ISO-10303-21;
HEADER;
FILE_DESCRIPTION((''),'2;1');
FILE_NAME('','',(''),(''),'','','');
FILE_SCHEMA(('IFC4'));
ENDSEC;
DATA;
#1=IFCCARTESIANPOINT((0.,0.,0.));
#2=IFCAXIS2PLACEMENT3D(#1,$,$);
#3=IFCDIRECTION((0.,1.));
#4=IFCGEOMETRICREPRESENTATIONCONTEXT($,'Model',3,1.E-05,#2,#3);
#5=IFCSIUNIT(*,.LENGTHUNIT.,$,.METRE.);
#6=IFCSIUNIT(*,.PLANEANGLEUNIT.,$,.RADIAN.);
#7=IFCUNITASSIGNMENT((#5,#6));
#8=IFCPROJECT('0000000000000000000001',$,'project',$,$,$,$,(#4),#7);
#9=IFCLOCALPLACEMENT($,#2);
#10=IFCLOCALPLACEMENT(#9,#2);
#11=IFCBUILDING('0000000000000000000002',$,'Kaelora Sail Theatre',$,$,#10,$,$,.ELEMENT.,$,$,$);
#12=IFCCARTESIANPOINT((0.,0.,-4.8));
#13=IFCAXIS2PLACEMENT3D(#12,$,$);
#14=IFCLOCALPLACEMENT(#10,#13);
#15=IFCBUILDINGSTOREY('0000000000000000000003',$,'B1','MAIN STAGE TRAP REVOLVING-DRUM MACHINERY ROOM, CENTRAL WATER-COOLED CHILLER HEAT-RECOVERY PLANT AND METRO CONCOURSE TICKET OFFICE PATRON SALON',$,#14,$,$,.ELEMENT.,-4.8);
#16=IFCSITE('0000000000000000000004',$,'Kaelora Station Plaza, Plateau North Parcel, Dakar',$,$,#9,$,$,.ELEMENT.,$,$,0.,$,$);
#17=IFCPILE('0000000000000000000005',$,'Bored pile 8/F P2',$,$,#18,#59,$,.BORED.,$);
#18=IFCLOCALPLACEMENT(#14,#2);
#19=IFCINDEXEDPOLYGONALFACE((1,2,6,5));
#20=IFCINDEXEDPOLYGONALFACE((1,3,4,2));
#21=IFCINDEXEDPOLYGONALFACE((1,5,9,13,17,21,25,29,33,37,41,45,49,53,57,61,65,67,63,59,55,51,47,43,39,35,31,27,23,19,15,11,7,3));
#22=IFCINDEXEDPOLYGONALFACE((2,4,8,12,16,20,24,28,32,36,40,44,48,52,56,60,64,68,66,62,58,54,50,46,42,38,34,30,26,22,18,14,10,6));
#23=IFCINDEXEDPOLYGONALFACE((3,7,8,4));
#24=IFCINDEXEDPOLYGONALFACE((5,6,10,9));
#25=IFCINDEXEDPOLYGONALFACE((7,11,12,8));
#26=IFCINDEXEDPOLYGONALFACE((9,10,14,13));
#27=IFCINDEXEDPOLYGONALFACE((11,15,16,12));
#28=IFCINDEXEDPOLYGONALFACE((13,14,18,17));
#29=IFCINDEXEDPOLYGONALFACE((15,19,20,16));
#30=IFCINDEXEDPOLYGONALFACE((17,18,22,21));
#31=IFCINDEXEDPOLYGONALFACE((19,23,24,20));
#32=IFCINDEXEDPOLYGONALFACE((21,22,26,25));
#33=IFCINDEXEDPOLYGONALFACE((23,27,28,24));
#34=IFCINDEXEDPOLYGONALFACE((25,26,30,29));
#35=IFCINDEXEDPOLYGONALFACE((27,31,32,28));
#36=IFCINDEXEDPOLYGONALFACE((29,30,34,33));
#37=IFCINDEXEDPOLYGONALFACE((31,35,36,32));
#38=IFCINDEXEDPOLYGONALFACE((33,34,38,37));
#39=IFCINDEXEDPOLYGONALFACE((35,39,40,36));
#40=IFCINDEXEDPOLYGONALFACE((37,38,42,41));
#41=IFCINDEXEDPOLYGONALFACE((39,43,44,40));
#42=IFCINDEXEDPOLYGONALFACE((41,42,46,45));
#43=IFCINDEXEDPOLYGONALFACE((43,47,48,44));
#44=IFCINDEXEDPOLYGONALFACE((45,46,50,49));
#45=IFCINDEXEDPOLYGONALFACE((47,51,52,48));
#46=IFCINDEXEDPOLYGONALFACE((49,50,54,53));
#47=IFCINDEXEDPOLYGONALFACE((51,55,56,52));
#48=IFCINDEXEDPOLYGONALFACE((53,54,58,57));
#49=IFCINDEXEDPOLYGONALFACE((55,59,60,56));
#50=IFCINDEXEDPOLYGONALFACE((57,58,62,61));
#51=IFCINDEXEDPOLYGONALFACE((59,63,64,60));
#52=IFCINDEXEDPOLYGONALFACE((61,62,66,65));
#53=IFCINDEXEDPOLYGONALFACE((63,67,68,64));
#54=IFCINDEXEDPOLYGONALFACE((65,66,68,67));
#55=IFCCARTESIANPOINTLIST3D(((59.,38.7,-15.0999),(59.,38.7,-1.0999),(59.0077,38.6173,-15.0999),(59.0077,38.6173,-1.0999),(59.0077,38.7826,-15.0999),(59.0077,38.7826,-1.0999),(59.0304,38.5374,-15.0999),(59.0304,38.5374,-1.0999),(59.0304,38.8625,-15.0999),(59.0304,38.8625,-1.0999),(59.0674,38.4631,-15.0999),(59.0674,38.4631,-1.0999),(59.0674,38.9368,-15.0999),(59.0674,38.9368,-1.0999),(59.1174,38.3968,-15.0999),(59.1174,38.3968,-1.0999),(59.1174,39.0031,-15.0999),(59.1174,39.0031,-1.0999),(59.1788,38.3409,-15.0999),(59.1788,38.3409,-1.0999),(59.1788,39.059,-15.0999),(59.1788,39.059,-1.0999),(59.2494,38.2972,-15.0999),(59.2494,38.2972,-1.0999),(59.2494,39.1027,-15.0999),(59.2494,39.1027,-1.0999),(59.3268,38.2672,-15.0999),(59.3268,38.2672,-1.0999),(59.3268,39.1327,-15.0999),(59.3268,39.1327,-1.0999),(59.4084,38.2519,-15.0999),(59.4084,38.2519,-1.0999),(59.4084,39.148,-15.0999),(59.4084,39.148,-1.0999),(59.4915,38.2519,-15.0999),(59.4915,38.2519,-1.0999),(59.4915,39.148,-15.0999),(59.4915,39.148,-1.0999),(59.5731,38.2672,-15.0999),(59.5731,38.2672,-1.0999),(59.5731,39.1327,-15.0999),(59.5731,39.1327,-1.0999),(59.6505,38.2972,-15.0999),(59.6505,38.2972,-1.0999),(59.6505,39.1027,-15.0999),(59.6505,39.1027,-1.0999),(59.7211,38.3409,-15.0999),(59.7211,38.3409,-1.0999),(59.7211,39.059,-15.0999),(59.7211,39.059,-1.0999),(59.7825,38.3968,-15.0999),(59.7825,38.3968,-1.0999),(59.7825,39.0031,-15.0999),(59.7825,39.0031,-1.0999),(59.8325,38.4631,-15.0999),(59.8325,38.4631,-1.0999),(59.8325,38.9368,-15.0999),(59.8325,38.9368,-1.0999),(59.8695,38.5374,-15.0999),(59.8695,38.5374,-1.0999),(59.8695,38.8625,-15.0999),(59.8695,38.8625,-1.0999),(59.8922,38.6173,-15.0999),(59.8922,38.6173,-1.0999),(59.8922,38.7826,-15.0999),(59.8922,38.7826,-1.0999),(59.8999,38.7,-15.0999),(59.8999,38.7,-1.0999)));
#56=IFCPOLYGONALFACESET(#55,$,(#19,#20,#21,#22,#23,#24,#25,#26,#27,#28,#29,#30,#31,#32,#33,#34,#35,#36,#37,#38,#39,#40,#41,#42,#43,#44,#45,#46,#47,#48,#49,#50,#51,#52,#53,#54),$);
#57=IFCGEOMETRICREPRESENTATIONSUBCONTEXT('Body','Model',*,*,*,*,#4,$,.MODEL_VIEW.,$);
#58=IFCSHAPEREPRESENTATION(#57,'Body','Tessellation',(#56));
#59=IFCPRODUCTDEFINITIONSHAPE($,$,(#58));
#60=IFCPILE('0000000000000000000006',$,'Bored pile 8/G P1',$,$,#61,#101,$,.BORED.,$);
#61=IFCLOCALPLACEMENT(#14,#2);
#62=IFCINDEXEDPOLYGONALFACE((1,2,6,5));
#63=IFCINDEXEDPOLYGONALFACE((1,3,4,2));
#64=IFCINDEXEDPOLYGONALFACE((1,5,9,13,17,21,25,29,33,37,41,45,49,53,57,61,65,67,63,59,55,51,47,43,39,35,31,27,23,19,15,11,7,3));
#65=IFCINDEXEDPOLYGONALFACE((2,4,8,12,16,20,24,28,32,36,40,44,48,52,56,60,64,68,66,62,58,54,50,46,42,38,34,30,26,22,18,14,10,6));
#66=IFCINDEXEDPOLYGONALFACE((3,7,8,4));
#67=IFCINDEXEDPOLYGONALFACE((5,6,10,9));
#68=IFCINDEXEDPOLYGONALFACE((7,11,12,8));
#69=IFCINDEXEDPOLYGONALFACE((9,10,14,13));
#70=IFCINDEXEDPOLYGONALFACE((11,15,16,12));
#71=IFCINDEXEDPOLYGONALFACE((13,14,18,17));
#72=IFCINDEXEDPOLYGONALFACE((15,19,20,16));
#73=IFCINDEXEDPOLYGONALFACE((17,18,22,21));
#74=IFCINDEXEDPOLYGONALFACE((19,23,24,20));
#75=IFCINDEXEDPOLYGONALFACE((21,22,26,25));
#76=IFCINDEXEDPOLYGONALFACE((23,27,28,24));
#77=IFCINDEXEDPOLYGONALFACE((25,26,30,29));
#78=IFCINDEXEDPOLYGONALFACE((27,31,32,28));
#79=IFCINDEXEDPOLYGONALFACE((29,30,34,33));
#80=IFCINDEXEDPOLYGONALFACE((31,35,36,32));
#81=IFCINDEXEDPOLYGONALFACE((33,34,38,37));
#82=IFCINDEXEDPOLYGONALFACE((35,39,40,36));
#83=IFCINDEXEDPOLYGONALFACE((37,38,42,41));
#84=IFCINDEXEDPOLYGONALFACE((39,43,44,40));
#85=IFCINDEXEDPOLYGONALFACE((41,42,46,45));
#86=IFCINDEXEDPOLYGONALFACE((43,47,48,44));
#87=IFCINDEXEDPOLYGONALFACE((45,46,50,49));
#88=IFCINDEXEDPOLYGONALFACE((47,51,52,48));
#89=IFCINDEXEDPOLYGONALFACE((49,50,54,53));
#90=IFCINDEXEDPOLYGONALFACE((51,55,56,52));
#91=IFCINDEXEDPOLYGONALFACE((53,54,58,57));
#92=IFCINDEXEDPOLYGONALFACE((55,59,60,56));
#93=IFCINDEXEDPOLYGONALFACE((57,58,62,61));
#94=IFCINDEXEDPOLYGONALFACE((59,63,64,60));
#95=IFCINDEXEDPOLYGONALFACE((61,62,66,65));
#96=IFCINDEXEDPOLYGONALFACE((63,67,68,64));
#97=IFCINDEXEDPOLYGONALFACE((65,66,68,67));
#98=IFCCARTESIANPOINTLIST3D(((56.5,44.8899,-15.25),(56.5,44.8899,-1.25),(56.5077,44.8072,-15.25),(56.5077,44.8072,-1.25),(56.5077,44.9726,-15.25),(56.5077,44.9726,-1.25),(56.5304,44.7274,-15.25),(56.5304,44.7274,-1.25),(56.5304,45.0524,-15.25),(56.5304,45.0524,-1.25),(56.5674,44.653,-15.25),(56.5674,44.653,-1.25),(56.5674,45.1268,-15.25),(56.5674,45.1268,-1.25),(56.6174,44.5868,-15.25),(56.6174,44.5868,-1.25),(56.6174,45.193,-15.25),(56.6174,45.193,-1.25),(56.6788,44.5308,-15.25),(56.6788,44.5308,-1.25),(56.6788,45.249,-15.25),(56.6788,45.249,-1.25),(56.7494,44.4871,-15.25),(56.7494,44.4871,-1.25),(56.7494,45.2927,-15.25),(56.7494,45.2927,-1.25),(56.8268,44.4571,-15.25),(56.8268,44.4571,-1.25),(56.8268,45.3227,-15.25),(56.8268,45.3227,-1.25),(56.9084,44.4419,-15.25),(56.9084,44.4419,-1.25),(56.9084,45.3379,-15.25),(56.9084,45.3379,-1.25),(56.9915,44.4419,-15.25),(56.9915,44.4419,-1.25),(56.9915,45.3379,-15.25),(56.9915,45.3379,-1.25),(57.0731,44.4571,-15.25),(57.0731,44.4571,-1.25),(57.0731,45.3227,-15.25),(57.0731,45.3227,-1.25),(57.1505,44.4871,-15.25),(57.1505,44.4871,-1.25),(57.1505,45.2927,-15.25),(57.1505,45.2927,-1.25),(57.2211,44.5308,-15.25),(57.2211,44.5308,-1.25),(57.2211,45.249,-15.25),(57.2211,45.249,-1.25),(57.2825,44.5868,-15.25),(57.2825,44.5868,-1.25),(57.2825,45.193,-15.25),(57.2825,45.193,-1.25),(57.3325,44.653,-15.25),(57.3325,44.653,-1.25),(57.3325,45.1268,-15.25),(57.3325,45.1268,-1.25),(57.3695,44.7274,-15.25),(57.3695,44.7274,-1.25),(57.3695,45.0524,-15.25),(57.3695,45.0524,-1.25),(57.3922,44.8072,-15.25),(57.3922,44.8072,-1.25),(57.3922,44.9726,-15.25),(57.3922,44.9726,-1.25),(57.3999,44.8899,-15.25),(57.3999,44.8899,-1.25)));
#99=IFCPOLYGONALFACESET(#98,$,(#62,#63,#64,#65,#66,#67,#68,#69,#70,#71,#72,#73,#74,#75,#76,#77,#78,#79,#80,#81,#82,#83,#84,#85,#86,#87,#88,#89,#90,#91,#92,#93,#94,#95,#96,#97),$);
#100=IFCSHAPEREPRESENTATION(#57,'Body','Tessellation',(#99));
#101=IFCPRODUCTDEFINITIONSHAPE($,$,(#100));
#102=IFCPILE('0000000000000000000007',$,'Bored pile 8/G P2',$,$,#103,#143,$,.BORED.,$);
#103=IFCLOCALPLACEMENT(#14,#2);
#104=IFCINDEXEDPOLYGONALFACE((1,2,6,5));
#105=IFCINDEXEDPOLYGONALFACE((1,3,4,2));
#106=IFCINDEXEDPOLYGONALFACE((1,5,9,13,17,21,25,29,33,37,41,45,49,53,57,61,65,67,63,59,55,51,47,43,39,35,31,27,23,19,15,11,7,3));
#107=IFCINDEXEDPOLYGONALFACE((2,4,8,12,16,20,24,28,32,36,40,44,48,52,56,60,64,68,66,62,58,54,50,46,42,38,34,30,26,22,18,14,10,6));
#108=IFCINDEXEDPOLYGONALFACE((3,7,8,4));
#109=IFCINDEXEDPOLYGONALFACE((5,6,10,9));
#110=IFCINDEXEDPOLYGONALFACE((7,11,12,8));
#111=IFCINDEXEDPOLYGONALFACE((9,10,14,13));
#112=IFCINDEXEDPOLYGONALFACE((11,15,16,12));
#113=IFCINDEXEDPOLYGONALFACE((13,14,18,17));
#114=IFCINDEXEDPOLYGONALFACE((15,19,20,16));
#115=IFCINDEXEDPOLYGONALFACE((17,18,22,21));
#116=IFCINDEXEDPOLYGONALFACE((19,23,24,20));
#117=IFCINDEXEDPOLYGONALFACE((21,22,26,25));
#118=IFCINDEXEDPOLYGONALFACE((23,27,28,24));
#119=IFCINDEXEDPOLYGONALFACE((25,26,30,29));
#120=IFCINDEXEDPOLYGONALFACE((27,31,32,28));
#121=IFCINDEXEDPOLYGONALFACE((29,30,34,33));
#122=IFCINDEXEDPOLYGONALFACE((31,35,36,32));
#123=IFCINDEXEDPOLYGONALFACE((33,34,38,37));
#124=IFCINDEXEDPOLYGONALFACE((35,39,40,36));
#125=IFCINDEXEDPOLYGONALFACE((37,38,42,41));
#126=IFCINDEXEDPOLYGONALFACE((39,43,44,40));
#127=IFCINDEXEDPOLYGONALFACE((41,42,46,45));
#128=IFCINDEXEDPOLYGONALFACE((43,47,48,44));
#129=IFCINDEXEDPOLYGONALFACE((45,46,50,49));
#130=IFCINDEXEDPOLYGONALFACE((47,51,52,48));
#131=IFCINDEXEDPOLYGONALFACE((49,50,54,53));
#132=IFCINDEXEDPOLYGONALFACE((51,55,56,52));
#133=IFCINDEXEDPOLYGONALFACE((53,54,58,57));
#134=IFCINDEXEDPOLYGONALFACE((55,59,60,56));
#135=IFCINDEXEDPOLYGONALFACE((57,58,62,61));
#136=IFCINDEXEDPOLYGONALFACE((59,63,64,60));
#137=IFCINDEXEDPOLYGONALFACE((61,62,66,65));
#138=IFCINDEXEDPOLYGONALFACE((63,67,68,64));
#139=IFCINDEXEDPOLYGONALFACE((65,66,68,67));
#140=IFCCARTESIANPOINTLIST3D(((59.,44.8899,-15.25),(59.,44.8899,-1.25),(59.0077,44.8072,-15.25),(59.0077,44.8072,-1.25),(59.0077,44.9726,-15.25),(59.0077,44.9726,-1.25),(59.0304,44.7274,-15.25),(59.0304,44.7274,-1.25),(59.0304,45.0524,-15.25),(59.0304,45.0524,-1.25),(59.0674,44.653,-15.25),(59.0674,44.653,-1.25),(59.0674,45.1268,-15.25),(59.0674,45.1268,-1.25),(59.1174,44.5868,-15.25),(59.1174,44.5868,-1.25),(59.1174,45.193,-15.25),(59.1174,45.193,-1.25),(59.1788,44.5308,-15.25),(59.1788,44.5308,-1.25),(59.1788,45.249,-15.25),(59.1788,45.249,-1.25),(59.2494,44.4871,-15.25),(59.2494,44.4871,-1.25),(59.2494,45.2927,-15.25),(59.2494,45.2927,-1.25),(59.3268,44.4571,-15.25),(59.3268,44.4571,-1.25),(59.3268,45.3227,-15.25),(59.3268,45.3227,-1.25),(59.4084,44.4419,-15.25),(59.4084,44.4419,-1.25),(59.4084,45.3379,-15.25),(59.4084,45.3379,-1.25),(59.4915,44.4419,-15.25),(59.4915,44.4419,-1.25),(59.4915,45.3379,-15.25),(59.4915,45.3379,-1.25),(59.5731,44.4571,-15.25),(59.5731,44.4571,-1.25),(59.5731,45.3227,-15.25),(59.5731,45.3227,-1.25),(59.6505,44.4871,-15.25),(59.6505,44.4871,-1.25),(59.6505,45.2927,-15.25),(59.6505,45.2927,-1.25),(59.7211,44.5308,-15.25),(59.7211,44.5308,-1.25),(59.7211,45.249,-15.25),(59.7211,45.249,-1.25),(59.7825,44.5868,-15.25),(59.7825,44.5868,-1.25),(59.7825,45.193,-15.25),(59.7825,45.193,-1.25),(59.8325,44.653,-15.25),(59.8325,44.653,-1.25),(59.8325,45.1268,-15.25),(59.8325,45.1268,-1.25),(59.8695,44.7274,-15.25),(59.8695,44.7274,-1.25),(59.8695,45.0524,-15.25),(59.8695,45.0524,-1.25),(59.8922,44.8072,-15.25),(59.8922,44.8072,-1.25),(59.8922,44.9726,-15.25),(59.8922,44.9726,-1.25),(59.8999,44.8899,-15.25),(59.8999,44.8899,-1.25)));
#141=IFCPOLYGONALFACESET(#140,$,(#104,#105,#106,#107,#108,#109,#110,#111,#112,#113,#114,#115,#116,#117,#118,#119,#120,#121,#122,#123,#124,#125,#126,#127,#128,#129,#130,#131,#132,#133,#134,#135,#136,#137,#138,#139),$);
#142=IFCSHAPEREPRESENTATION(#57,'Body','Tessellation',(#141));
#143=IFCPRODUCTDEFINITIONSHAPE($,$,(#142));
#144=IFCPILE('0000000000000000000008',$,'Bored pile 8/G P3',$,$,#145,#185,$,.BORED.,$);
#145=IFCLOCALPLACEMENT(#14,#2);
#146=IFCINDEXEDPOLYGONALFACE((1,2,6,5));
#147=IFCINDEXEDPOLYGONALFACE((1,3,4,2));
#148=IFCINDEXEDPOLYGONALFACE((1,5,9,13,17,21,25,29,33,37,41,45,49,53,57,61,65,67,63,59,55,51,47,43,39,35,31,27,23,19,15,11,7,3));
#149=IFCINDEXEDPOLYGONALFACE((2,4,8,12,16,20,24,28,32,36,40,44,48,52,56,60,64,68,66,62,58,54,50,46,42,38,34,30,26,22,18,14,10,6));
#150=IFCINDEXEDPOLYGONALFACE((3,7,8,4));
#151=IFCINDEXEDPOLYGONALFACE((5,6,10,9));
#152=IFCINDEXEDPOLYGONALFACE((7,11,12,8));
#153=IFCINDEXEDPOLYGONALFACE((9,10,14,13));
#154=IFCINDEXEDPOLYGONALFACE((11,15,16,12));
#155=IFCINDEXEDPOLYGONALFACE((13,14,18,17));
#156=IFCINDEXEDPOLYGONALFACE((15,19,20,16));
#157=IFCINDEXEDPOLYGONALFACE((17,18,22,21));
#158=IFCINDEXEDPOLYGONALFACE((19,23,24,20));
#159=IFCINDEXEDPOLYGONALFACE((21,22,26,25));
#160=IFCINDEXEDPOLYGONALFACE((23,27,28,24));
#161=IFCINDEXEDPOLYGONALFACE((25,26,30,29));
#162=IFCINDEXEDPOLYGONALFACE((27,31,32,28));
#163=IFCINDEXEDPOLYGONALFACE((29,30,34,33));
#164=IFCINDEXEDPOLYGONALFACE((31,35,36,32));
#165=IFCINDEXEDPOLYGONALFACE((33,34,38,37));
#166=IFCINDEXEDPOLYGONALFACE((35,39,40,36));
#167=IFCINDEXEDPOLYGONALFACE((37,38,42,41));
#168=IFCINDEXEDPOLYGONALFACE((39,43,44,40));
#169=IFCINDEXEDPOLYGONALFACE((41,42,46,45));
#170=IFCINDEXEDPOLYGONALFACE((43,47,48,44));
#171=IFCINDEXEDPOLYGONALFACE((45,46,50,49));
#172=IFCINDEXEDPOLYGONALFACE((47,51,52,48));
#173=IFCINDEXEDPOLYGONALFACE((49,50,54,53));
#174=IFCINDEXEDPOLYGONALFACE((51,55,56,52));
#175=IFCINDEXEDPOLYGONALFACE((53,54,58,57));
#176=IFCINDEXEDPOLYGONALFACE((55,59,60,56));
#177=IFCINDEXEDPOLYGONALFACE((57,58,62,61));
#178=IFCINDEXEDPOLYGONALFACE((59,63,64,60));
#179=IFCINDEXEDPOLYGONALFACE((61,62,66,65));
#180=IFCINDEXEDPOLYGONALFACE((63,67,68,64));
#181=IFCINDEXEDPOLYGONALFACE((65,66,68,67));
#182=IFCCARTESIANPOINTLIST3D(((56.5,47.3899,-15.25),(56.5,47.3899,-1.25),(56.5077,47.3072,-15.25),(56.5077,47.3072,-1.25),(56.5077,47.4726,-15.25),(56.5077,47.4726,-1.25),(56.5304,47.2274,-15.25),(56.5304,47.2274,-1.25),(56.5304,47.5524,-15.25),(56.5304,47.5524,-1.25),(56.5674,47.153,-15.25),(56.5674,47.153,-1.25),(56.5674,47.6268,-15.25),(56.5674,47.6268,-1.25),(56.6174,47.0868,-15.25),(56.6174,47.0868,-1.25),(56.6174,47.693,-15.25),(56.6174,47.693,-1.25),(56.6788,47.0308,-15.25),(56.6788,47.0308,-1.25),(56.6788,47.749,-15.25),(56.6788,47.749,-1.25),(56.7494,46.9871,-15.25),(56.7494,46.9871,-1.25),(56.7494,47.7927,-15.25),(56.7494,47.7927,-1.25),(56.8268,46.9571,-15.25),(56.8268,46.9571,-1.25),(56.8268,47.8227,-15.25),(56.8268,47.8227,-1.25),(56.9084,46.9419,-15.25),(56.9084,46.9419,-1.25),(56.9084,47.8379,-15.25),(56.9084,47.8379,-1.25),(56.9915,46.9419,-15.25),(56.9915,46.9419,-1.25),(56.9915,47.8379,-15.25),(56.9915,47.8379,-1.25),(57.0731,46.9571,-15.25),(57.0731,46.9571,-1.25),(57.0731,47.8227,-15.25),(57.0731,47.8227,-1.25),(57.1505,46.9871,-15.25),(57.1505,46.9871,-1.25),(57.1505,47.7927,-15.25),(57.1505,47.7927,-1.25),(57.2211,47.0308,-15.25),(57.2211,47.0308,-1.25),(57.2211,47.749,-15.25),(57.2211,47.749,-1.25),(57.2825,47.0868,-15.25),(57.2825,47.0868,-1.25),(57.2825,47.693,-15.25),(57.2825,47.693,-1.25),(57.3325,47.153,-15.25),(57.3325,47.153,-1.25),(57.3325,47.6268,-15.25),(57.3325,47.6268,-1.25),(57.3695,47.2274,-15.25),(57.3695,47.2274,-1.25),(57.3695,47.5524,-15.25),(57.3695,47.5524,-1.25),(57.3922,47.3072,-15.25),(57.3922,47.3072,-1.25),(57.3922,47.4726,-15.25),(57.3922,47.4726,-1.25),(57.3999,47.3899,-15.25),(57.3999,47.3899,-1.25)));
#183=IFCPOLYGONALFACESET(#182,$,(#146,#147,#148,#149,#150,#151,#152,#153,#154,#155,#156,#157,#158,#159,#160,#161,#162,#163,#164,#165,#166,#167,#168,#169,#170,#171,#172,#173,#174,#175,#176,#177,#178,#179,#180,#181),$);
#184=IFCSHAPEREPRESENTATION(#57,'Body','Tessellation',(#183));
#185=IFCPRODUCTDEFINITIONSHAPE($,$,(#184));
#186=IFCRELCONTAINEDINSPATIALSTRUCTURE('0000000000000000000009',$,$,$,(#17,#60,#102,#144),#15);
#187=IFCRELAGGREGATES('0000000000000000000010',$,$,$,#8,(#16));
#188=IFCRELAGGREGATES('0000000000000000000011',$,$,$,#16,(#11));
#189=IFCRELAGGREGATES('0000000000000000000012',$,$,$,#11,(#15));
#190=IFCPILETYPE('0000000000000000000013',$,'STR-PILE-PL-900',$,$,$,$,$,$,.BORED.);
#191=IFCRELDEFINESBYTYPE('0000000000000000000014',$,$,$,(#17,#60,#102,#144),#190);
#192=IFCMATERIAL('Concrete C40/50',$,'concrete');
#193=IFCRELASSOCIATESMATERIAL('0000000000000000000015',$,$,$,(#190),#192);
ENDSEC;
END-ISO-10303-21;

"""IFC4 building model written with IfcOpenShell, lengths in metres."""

from ifc_helpers import new_model, si_unit, direction, frame, origin, origin_2d, place, context, subcontext, project, spatial, circle, extrude, material, material_profile, profile_set, type_object, element, save


model = new_model("IFC4")

# Units and contexts
model_context = context("Model", 3, precision=1e-05, world=origin(), true_north=direction((0.0, 1.0)))
body_context = subcontext(model_context, "Body", "Model", "MODEL_VIEW")
ifc_project = project(units=[si_unit("LENGTHUNIT", "METRE"), si_unit("PLANEANGLEUNIT", "RADIAN")], contexts=[model_context])

# Site, building, storey
site_placement = place(None, origin())
site = spatial("IfcSite", under=ifc_project, at=site_placement, Name="Kaelora Station Plaza, Plateau North Parcel, Dakar", CompositionType="ELEMENT", RefElevation=0.0)
building_placement = place(site_placement, origin())
building = spatial("IfcBuilding", under=site, at=building_placement, Name="Kaelora Sail Theatre", CompositionType="ELEMENT")
storey_placement = place(building_placement, frame((0.0, 0.0, -4.8)))
storey = spatial("IfcBuildingStorey", under=building, at=storey_placement, Name="B1", Description="MAIN STAGE TRAP REVOLVING-DRUM MACHINERY ROOM, CENTRAL WATER-COOLED CHILLER HEAT-RECOVERY PLANT AND METRO CONCOURSE TICKET OFFICE PATRON SALON", CompositionType="ELEMENT", Elevation=-4.8)

# Piles
ifc_material_1 = material(Name="Concrete C40/50", Category="concrete")
ifc_material_profile_1 = material_profile(ifc_material_1, circle(Radius=0.45, at=origin_2d()), Name="PILE D900")
ifc_profile_set_1 = profile_set([ifc_material_profile_1], Name="Concrete C40/50")
pile_type_1 = type_object("IfcPileType", Name="STR-PILE-PL-900", PredefinedType="BORED", material=ifc_profile_set_1)
for number, where, z_axis, x_axis, name in (
    (1, (59.45, 38.7, -1.0999), (0.0, 0.0, -1.0), (1.0, 0.0, 0.0), "Bored pile 8/F P2"),
    (2, (56.95, 44.8899, -1.25), (0.0, 0.0, -1.0), (1.0, 0.0, 0.0), "Bored pile 8/G P1"),
    (3, (59.45, 44.8899, -1.25), (0.0, 0.0, -1.0), (1.0, 0.0, 0.0), "Bored pile 8/G P2"),
    (4, (56.95, 47.3899, -1.25), (0.0, 0.0, -1.0), (1.0, 0.0, 0.0), "Bored pile 8/G P3"),
):
    element("IfcPile", number, at=place(storey_placement, frame(where, z_axis=z_axis, x_axis=x_axis)), inside=storey, type_object=pile_type_1, Name=name, PredefinedType="BORED", context=body_context, shape_type="SweptSolid", body=[
        extrude(circle(Radius=0.45, at=origin_2d()), origin(), (0.0, 0.0, 1.0), 14.0),
    ])

save(model, "model.ifc")
